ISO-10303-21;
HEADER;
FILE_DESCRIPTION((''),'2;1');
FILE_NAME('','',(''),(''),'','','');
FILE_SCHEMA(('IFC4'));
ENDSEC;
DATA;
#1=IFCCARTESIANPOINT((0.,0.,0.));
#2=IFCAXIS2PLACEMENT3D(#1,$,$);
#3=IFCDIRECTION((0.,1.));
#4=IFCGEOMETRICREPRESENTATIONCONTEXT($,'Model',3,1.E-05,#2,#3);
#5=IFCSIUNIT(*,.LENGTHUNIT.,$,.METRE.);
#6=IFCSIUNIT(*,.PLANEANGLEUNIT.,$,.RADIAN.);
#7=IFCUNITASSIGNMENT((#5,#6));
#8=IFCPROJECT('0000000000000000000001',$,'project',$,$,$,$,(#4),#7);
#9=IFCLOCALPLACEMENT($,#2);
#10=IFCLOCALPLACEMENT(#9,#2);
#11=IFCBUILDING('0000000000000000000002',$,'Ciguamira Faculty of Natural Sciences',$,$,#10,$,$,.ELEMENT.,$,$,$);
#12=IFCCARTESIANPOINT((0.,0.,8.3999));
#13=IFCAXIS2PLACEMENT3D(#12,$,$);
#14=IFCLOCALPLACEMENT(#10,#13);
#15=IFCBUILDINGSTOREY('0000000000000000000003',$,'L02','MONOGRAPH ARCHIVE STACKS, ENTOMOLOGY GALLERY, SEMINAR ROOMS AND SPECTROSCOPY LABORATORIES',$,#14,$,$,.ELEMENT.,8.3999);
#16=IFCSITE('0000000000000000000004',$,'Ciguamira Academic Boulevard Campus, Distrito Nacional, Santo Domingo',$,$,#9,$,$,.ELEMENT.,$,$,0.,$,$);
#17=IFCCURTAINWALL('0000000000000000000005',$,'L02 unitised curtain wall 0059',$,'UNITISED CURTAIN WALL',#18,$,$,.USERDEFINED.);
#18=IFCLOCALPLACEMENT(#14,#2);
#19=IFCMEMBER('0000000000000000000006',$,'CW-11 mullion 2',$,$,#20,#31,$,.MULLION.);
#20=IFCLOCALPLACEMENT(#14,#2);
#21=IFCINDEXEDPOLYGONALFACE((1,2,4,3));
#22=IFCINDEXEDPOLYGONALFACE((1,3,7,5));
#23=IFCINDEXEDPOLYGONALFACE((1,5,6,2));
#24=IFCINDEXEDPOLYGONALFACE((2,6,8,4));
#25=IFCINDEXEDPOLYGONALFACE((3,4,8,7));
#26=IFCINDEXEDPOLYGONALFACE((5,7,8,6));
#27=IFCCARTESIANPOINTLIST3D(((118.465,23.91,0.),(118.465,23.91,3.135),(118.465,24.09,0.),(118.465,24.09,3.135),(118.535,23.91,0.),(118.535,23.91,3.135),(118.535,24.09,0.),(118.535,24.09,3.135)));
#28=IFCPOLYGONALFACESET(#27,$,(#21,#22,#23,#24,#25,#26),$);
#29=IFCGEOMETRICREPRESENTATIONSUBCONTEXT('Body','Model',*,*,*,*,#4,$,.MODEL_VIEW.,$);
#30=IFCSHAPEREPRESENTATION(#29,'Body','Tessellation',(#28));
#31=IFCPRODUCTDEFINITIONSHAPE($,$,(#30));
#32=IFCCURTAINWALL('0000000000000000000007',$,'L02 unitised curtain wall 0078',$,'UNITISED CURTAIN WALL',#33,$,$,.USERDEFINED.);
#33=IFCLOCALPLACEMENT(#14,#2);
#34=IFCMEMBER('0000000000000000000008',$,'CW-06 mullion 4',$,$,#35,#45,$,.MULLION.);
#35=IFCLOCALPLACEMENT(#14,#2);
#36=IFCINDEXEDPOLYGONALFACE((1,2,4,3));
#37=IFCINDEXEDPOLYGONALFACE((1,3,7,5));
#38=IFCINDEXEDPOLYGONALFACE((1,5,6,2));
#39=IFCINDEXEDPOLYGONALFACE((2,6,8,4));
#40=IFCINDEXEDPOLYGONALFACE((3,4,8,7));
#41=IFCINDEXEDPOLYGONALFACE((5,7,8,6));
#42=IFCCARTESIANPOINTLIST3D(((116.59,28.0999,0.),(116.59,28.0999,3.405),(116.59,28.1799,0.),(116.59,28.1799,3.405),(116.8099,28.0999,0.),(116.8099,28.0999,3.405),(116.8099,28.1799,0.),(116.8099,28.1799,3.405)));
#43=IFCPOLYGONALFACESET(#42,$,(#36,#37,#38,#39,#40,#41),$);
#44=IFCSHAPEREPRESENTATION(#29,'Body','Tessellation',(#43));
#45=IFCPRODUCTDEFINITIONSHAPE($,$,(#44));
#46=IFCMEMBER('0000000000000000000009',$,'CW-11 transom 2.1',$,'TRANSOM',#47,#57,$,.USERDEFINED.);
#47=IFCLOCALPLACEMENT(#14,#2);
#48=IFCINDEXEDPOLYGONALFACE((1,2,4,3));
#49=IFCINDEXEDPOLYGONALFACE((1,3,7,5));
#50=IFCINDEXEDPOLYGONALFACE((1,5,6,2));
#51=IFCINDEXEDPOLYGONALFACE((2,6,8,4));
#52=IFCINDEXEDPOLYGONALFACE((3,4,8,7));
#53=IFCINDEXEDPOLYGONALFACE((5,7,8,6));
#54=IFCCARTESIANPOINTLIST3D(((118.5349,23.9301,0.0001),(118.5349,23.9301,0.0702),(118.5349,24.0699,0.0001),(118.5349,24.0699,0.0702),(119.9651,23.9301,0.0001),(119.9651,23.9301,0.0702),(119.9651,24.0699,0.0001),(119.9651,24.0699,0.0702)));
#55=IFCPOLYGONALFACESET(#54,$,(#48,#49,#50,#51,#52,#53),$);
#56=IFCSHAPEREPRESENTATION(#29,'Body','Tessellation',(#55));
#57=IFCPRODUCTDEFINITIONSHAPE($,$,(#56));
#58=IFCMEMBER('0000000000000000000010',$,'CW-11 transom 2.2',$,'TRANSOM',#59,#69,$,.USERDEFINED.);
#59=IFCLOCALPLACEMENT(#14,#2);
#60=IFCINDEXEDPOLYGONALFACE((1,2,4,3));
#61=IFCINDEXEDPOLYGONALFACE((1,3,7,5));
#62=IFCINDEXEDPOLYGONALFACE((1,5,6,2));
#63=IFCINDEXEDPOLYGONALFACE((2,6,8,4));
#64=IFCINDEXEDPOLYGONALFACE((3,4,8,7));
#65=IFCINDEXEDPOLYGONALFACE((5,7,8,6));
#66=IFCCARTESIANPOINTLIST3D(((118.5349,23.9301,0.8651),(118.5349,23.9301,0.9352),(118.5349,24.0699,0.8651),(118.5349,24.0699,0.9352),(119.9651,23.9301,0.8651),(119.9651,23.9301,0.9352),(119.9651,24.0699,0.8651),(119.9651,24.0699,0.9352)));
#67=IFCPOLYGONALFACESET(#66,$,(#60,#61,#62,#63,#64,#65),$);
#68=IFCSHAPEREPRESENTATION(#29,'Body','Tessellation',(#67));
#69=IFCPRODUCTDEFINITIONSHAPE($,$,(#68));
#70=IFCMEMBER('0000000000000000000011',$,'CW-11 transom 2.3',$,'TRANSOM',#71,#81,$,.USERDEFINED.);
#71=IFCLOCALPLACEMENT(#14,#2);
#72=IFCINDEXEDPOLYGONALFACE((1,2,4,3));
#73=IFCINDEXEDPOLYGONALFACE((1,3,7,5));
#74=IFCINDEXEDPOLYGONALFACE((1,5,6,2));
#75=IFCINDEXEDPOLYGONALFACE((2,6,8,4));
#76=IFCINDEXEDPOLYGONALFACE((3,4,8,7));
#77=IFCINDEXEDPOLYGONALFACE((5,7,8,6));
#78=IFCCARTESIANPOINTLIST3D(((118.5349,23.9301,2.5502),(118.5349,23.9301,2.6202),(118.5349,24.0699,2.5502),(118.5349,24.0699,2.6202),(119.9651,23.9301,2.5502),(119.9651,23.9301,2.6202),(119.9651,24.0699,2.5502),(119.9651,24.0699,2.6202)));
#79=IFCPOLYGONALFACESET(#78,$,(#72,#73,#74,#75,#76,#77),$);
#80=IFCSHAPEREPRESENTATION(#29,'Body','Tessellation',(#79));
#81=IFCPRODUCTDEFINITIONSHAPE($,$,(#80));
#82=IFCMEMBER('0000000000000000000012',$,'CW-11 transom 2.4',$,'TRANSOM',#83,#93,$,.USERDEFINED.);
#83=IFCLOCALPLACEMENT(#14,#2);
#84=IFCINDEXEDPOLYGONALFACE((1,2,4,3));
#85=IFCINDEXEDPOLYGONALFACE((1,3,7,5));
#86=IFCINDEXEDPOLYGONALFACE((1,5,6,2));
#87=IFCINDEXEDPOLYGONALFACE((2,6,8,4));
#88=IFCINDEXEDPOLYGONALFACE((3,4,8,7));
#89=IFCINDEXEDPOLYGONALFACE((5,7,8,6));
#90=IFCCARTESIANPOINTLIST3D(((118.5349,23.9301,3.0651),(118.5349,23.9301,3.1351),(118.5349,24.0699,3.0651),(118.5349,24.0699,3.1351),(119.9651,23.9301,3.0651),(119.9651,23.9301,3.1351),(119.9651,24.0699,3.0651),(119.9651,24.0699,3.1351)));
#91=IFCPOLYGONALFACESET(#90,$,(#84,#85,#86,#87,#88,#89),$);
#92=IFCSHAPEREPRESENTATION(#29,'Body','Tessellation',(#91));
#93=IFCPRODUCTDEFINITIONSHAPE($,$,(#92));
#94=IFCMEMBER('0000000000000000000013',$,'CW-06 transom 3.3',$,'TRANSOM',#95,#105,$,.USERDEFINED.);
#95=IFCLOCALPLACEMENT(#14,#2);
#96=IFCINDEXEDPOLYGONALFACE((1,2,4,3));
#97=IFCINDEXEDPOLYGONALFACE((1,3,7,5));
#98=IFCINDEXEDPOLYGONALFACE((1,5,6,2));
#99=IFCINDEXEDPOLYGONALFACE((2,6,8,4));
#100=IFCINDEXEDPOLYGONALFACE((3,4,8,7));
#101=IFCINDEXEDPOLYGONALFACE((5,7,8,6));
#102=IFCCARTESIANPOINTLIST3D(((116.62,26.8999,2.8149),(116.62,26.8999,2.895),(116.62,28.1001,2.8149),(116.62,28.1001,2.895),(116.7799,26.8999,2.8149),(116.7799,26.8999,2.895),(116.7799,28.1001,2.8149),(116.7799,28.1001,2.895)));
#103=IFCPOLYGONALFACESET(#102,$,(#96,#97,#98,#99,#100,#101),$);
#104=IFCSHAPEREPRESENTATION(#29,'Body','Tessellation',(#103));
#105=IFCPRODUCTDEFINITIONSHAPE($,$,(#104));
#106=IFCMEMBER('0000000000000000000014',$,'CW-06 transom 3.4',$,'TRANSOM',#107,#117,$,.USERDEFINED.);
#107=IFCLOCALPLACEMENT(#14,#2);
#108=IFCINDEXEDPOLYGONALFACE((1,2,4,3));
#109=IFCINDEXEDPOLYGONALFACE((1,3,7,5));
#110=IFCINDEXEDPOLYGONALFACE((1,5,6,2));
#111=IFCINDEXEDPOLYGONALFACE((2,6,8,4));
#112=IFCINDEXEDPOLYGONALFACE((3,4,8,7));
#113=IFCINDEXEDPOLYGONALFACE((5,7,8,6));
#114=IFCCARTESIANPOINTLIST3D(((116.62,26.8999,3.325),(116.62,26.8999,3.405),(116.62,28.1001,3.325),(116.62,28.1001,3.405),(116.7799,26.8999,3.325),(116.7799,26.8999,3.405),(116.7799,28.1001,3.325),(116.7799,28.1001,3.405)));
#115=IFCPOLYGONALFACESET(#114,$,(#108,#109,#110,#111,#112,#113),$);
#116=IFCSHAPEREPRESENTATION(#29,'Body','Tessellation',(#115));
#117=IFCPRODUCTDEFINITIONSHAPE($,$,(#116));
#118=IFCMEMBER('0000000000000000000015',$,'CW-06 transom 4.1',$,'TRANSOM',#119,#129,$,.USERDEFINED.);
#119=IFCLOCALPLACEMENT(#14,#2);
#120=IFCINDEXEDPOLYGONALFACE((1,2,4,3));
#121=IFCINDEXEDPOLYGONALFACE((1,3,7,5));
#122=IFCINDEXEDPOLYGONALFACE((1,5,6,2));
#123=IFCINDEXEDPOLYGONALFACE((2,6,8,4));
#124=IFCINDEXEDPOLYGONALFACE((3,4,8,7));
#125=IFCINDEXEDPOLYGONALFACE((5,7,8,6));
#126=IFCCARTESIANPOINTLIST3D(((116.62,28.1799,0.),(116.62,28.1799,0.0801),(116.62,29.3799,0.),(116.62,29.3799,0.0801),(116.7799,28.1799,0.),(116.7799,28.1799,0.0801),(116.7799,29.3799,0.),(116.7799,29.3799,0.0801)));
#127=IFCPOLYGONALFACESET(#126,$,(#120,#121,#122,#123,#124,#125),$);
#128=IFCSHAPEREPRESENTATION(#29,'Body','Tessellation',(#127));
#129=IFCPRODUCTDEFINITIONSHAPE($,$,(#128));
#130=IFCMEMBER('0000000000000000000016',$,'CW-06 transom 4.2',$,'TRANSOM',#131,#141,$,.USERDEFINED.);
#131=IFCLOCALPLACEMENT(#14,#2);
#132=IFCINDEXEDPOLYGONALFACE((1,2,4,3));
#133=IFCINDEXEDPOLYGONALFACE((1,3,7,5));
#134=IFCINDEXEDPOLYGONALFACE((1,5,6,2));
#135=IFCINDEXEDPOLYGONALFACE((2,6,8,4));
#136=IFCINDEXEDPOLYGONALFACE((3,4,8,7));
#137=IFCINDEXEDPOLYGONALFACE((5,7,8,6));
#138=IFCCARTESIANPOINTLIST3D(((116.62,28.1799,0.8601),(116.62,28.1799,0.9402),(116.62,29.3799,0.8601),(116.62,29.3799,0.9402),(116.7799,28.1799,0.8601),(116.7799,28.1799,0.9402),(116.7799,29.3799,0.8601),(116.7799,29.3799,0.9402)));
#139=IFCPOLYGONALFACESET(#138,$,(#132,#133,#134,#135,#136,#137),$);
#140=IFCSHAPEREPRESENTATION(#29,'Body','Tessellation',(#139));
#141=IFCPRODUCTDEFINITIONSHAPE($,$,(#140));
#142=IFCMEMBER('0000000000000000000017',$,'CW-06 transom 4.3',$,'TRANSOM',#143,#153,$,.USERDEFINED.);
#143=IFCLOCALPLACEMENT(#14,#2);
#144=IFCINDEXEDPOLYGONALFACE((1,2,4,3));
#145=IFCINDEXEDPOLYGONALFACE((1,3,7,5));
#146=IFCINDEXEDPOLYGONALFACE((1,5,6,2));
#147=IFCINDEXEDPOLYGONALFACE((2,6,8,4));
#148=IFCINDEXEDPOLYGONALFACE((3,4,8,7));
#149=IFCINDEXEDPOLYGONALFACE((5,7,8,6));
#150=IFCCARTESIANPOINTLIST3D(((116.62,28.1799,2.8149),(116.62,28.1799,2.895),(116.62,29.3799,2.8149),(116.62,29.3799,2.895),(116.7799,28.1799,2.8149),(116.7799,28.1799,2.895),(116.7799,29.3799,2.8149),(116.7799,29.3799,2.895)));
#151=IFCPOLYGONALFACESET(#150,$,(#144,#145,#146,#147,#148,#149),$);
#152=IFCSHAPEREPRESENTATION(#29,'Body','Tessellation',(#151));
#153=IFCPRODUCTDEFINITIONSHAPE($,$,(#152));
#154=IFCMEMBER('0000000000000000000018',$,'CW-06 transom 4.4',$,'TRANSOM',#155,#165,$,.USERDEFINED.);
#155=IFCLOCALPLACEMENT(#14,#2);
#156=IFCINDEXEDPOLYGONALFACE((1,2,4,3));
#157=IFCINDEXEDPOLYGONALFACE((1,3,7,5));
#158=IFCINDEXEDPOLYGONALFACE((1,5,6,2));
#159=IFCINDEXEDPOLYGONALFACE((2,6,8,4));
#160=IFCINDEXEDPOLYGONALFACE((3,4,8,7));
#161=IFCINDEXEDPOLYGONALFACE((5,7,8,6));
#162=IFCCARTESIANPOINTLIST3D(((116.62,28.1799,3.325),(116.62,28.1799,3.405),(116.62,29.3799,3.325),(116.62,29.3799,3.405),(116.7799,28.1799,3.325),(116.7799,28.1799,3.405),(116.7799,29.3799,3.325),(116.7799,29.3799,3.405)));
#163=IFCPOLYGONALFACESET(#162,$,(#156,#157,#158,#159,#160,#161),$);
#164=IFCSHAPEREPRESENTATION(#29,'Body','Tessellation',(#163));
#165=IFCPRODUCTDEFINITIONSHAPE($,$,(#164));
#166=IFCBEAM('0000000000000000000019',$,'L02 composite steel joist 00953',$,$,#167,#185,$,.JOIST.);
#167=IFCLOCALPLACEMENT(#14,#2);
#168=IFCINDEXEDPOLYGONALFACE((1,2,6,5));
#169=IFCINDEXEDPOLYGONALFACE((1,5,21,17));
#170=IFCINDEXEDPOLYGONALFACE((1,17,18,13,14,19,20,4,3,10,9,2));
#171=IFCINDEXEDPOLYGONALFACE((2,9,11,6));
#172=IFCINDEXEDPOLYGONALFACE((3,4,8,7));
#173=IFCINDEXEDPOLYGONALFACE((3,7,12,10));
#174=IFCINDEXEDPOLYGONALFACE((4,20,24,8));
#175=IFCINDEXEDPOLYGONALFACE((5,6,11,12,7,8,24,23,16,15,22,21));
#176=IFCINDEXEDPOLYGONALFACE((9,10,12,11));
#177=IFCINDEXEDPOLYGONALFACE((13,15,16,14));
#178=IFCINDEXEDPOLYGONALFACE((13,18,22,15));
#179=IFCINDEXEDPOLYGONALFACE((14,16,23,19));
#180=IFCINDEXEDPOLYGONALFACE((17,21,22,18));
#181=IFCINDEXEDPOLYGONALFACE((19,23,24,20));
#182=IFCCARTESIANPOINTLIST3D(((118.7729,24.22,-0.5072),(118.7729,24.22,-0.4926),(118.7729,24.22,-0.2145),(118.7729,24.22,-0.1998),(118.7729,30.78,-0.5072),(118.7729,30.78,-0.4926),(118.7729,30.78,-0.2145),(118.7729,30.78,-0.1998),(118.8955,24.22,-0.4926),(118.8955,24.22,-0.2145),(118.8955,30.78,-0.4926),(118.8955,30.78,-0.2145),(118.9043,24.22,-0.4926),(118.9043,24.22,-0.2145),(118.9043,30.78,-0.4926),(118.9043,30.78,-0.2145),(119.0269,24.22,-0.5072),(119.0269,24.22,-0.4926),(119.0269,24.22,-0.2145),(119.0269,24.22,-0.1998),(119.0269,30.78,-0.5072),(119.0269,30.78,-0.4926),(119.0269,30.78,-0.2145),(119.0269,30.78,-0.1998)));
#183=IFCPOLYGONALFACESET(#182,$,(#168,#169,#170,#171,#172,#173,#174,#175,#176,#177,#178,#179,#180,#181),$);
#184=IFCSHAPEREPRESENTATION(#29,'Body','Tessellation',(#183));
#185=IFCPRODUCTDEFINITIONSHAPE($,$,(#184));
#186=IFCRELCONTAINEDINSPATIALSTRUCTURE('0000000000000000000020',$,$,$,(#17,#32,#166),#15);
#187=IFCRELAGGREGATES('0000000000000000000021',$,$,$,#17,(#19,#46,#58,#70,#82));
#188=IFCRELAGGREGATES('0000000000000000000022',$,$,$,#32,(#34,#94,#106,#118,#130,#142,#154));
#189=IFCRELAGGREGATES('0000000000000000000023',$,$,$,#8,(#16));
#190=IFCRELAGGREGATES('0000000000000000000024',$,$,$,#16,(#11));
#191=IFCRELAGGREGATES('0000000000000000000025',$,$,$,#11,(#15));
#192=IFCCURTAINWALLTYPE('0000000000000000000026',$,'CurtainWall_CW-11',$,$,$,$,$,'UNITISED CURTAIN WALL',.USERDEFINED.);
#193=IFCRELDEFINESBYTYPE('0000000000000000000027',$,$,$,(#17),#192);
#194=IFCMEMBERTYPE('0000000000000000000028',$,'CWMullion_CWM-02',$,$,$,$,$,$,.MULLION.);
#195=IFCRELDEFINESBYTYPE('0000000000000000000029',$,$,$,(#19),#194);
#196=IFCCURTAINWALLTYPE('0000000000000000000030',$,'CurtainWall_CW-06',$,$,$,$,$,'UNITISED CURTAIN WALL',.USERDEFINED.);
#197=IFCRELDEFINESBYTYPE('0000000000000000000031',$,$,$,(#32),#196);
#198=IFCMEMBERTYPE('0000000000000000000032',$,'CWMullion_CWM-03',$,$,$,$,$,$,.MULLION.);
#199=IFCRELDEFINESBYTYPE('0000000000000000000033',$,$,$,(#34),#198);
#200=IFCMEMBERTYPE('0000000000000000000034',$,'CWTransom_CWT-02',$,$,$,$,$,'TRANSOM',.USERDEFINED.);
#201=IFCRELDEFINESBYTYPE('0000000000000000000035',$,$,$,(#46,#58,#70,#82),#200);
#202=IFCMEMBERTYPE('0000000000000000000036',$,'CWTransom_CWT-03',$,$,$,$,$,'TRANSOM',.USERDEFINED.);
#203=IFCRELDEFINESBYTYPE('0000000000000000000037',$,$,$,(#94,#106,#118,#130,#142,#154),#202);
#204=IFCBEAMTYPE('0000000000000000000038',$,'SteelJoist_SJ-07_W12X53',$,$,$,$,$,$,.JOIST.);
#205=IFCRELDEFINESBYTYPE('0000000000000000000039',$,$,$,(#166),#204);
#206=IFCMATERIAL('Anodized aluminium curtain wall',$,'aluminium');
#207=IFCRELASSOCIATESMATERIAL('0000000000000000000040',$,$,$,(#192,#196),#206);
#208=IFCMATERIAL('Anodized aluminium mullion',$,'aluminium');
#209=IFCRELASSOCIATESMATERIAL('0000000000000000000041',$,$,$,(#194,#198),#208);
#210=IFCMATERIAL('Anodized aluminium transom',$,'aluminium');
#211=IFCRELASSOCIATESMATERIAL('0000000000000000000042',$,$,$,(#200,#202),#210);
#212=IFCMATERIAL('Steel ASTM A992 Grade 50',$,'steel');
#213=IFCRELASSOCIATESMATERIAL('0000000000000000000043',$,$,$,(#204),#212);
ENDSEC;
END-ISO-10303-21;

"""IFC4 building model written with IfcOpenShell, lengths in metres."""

from ifc_helpers import new_model, si_unit, direction, frame, origin, origin_2d, place, context, subcontext, project, spatial, rectangle, i_section, extrude, material, material_profile, profile_set, type_object, element, aggregate, save


model = new_model("IFC4")

# Units and contexts
model_context = context("Model", 3, precision=1e-05, world=origin(), true_north=direction((0.0, 1.0)))
body_context = subcontext(model_context, "Body", "Model", "MODEL_VIEW")
ifc_project = project(units=[si_unit("LENGTHUNIT", "METRE"), si_unit("PLANEANGLEUNIT", "RADIAN")], contexts=[model_context])

# Site, building, storey
site_placement = place(None, origin())
site = spatial("IfcSite", under=ifc_project, at=site_placement, Name="Ciguamira Academic Boulevard Campus, Distrito Nacional, Santo Domingo", CompositionType="ELEMENT", RefElevation=0.0)
building_placement = place(site_placement, origin())
building = spatial("IfcBuilding", under=site, at=building_placement, Name="Ciguamira Faculty of Natural Sciences", CompositionType="ELEMENT")
storey_placement = place(building_placement, frame((0.0, 0.0, 8.3999)))
storey = spatial("IfcBuildingStorey", under=building, at=storey_placement, Name="L02", Description="MONOGRAPH ARCHIVE STACKS, ENTOMOLOGY GALLERY, SEMINAR ROOMS AND SPECTROSCOPY LABORATORIES", CompositionType="ELEMENT", Elevation=8.3999)

# Curtain walls, members
ifc_material_1 = material(Name="Anodized aluminium curtain wall", Category="aluminium")
curtain_wall_type_1 = type_object("IfcCurtainWallType", Name="CurtainWall_CW-11", ElementType="UNITISED CURTAIN WALL", PredefinedType="USERDEFINED", material=ifc_material_1)
curtain_wall_1_placement = place(storey_placement, origin())
curtain_wall_1 = element("IfcCurtainWall", 1, at=curtain_wall_1_placement, inside=storey, type_object=curtain_wall_type_1, Name="L02 unitised curtain wall 0059", ObjectType="UNITISED CURTAIN WALL", PredefinedType="USERDEFINED")
ifc_material_2 = material(Name="Anodized aluminium mullion", Category="aluminium")
ifc_material_profile_1 = material_profile(ifc_material_2, rectangle(XDim=0.0701, YDim=0.1799, at=origin_2d()), Name="ALU-MUL-70X180")
ifc_profile_set_1 = profile_set([ifc_material_profile_1], Name="Anodized aluminium mullion")
member_type_1 = type_object("IfcMemberType", Name="CWMullion_CWM-02", PredefinedType="MULLION", material=ifc_profile_set_1)
member_1_placement = place(storey_placement, frame((118.5, 24.0, 0.0), z_axis=(0.0, 0.0, 1.0), x_axis=(1.0, 0.0, 0.0)))
member_1 = element("IfcMember", 2, at=member_1_placement, type_object=member_type_1, Name="CW-11 mullion 2", PredefinedType="MULLION", context=body_context, shape_type="SweptSolid", body=[
    extrude(rectangle(XDim=0.0701, YDim=0.1799, at=origin_2d()), origin(), (0.0, 0.0, 1.0), 3.135),
])
curtain_wall_type_2 = type_object("IfcCurtainWallType", Name="CurtainWall_CW-06", ElementType="UNITISED CURTAIN WALL", PredefinedType="USERDEFINED", material=ifc_material_1)
curtain_wall_2_placement = place(storey_placement, origin())
curtain_wall_2 = element("IfcCurtainWall", 3, at=curtain_wall_2_placement, inside=storey, type_object=curtain_wall_type_2, Name="L02 unitised curtain wall 0078", ObjectType="UNITISED CURTAIN WALL", PredefinedType="USERDEFINED")
ifc_material_profile_2 = material_profile(ifc_material_2, rectangle(XDim=0.0801, YDim=0.22, at=origin_2d()), Name="ALU-MUL-80X220")
ifc_profile_set_2 = profile_set([ifc_material_profile_2], Name="Anodized aluminium mullion")
member_type_2 = type_object("IfcMemberType", Name="CWMullion_CWM-03", PredefinedType="MULLION", material=ifc_profile_set_2)
member_2_placement = place(storey_placement, frame((116.7, 28.1399, 0.0), z_axis=(0.0, 0.0, 1.0), x_axis=(0.0, 1.0, 0.0)))
member_2 = element("IfcMember", 4, at=member_2_placement, type_object=member_type_2, Name="CW-06 mullion 4", PredefinedType="MULLION", context=body_context, shape_type="SweptSolid", body=[
    extrude(rectangle(XDim=0.0801, YDim=0.22, at=origin_2d()), origin(), (0.0, 0.0, 1.0), 3.405),
])

# Members
ifc_material_3 = material(Name="Anodized aluminium transom", Category="aluminium")
ifc_material_profile_3 = material_profile(ifc_material_3, rectangle(XDim=0.0701, YDim=0.1399, at=origin_2d()), Name="ALU-TRN-70X140")
ifc_profile_set_3 = profile_set([ifc_material_profile_3], Name="Anodized aluminium transom")
member_type_3 = type_object("IfcMemberType", Name="CWTransom_CWT-02", ElementType="TRANSOM", PredefinedType="USERDEFINED", material=ifc_profile_set_3)
member_3_placement = place(storey_placement, frame((118.5349, 24.0, 0.0352), z_axis=(1.0, 0.0, 0.0), x_axis=(0.0, 0.0, 1.0)))
member_3 = element("IfcMember", 5, at=member_3_placement, type_object=member_type_3, Name="CW-11 transom 2.1", ObjectType="TRANSOM", PredefinedType="USERDEFINED", context=body_context, shape_type="SweptSolid", body=[
    extrude(rectangle(XDim=0.0701, YDim=0.1399, at=origin_2d()), origin(), (0.0, 0.0, 1.0), 1.4302),
])
member_4_placement = place(storey_placement, frame((118.5349, 24.0, 0.9001), z_axis=(1.0, 0.0, 0.0), x_axis=(0.0, 0.0, 1.0)))
member_4 = element("IfcMember", 6, at=member_4_placement, type_object=member_type_3, Name="CW-11 transom 2.2", ObjectType="TRANSOM", PredefinedType="USERDEFINED", context=body_context, shape_type="SweptSolid", body=[
    extrude(rectangle(XDim=0.0701, YDim=0.1399, at=origin_2d()), origin(), (0.0, 0.0, 1.0), 1.4302),
])
member_5_placement = place(storey_placement, frame((118.5349, 24.0, 2.5852), z_axis=(1.0, 0.0, 0.0), x_axis=(0.0, 0.0, 1.0)))
member_5 = element("IfcMember", 7, at=member_5_placement, type_object=member_type_3, Name="CW-11 transom 2.3", ObjectType="TRANSOM", PredefinedType="USERDEFINED", context=body_context, shape_type="SweptSolid", body=[
    extrude(rectangle(XDim=0.0701, YDim=0.1399, at=origin_2d()), origin(), (0.0, 0.0, 1.0), 1.4302),
])
member_6_placement = place(storey_placement, frame((118.5349, 24.0, 3.1001), z_axis=(1.0, 0.0, 0.0), x_axis=(0.0, 0.0, 1.0)))
member_6 = element("IfcMember", 8, at=member_6_placement, type_object=member_type_3, Name="CW-11 transom 2.4", ObjectType="TRANSOM", PredefinedType="USERDEFINED", context=body_context, shape_type="SweptSolid", body=[
    extrude(rectangle(XDim=0.0701, YDim=0.1399, at=origin_2d()), origin(), (0.0, 0.0, 1.0), 1.4302),
])
ifc_material_profile_4 = material_profile(ifc_material_3, rectangle(XDim=0.0801, YDim=0.1599, at=origin_2d()), Name="ALU-TRN-80X160")
ifc_profile_set_4 = profile_set([ifc_material_profile_4], Name="Anodized aluminium transom")
member_type_4 = type_object("IfcMemberType", Name="CWTransom_CWT-03", ElementType="TRANSOM", PredefinedType="USERDEFINED", material=ifc_profile_set_4)
member_7_placement = place(storey_placement, frame((116.7, 26.8999, 2.855), z_axis=(0.0, 1.0, 0.0), x_axis=(0.0, 0.0, 1.0)))
member_7 = element("IfcMember", 9, at=member_7_placement, type_object=member_type_4, Name="CW-06 transom 3.3", ObjectType="TRANSOM", PredefinedType="USERDEFINED", context=body_context, shape_type="SweptSolid", body=[
    extrude(rectangle(XDim=0.0801, YDim=0.1599, at=origin_2d()), origin(), (0.0, 0.0, 1.0), 1.2002),
])
member_8_placement = place(storey_placement, frame((116.7, 26.8999, 3.365), z_axis=(0.0, 1.0, 0.0), x_axis=(0.0, 0.0, 1.0)))
member_8 = element("IfcMember", 10, at=member_8_placement, type_object=member_type_4, Name="CW-06 transom 3.4", ObjectType="TRANSOM", PredefinedType="USERDEFINED", context=body_context, shape_type="SweptSolid", body=[
    extrude(rectangle(XDim=0.0801, YDim=0.1599, at=origin_2d()), origin(), (0.0, 0.0, 1.0), 1.2002),
])
member_9_placement = place(storey_placement, frame((116.7, 28.1799, 0.04), z_axis=(0.0, 1.0, 0.0), x_axis=(0.0, 0.0, 1.0)))
member_9 = element("IfcMember", 11, at=member_9_placement, type_object=member_type_4, Name="CW-06 transom 4.1", ObjectType="TRANSOM", PredefinedType="USERDEFINED", context=body_context, shape_type="SweptSolid", body=[
    extrude(rectangle(XDim=0.0801, YDim=0.1599, at=origin_2d()), origin(), (0.0, 0.0, 1.0), 1.2),
])
member_10_placement = place(storey_placement, frame((116.7, 28.1799, 0.9001), z_axis=(0.0, 1.0, 0.0), x_axis=(0.0, 0.0, 1.0)))
member_10 = element("IfcMember", 12, at=member_10_placement, type_object=member_type_4, Name="CW-06 transom 4.2", ObjectType="TRANSOM", PredefinedType="USERDEFINED", context=body_context, shape_type="SweptSolid", body=[
    extrude(rectangle(XDim=0.0801, YDim=0.1599, at=origin_2d()), origin(), (0.0, 0.0, 1.0), 1.2),
])
member_11_placement = place(storey_placement, frame((116.7, 28.1799, 2.855), z_axis=(0.0, 1.0, 0.0), x_axis=(0.0, 0.0, 1.0)))
member_11 = element("IfcMember", 13, at=member_11_placement, type_object=member_type_4, Name="CW-06 transom 4.3", ObjectType="TRANSOM", PredefinedType="USERDEFINED", context=body_context, shape_type="SweptSolid", body=[
    extrude(rectangle(XDim=0.0801, YDim=0.1599, at=origin_2d()), origin(), (0.0, 0.0, 1.0), 1.2),
])
member_12_placement = place(storey_placement, frame((116.7, 28.1799, 3.365), z_axis=(0.0, 1.0, 0.0), x_axis=(0.0, 0.0, 1.0)))
member_12 = element("IfcMember", 14, at=member_12_placement, type_object=member_type_4, Name="CW-06 transom 4.4", ObjectType="TRANSOM", PredefinedType="USERDEFINED", context=body_context, shape_type="SweptSolid", body=[
    extrude(rectangle(XDim=0.0801, YDim=0.1599, at=origin_2d()), origin(), (0.0, 0.0, 1.0), 1.2),
])

# Beam
ifc_material_4 = material(Name="Steel ASTM A992 Grade 50", Category="steel")
ifc_material_profile_5 = material_profile(ifc_material_4, i_section(OverallWidth=0.2539, OverallDepth=0.3074, WebThickness=0.0088, FlangeThickness=0.0146, at=origin_2d()), Name="W12X53")
ifc_profile_set_5 = profile_set([ifc_material_profile_5], Name="Steel ASTM A992 Grade 50")
beam_type = type_object("IfcBeamType", Name="SteelJoist_SJ-07_W12X53", PredefinedType="JOIST", material=ifc_profile_set_5)
beam_placement = place(storey_placement, frame((118.8999, 24.22, -0.3535), z_axis=(0.0, 1.0, 0.0), x_axis=(-1.0, 0.0, 0.0)))
element("IfcBeam", 15, at=beam_placement, inside=storey, type_object=beam_type, Name="L02 composite steel joist 00953", PredefinedType="JOIST", context=body_context, shape_type="SweptSolid", body=[
    extrude(i_section(OverallWidth=0.2539, OverallDepth=0.3074, WebThickness=0.0088, FlangeThickness=0.0146, at=origin_2d()), origin(), (0.0, 0.0, 1.0), 6.5601),
])

aggregate(curtain_wall_1, [member_1, member_3, member_4, member_5, member_6])
aggregate(curtain_wall_2, [member_2, member_7, member_8, member_9, member_10, member_11, member_12])

save(model, "model.ifc")
